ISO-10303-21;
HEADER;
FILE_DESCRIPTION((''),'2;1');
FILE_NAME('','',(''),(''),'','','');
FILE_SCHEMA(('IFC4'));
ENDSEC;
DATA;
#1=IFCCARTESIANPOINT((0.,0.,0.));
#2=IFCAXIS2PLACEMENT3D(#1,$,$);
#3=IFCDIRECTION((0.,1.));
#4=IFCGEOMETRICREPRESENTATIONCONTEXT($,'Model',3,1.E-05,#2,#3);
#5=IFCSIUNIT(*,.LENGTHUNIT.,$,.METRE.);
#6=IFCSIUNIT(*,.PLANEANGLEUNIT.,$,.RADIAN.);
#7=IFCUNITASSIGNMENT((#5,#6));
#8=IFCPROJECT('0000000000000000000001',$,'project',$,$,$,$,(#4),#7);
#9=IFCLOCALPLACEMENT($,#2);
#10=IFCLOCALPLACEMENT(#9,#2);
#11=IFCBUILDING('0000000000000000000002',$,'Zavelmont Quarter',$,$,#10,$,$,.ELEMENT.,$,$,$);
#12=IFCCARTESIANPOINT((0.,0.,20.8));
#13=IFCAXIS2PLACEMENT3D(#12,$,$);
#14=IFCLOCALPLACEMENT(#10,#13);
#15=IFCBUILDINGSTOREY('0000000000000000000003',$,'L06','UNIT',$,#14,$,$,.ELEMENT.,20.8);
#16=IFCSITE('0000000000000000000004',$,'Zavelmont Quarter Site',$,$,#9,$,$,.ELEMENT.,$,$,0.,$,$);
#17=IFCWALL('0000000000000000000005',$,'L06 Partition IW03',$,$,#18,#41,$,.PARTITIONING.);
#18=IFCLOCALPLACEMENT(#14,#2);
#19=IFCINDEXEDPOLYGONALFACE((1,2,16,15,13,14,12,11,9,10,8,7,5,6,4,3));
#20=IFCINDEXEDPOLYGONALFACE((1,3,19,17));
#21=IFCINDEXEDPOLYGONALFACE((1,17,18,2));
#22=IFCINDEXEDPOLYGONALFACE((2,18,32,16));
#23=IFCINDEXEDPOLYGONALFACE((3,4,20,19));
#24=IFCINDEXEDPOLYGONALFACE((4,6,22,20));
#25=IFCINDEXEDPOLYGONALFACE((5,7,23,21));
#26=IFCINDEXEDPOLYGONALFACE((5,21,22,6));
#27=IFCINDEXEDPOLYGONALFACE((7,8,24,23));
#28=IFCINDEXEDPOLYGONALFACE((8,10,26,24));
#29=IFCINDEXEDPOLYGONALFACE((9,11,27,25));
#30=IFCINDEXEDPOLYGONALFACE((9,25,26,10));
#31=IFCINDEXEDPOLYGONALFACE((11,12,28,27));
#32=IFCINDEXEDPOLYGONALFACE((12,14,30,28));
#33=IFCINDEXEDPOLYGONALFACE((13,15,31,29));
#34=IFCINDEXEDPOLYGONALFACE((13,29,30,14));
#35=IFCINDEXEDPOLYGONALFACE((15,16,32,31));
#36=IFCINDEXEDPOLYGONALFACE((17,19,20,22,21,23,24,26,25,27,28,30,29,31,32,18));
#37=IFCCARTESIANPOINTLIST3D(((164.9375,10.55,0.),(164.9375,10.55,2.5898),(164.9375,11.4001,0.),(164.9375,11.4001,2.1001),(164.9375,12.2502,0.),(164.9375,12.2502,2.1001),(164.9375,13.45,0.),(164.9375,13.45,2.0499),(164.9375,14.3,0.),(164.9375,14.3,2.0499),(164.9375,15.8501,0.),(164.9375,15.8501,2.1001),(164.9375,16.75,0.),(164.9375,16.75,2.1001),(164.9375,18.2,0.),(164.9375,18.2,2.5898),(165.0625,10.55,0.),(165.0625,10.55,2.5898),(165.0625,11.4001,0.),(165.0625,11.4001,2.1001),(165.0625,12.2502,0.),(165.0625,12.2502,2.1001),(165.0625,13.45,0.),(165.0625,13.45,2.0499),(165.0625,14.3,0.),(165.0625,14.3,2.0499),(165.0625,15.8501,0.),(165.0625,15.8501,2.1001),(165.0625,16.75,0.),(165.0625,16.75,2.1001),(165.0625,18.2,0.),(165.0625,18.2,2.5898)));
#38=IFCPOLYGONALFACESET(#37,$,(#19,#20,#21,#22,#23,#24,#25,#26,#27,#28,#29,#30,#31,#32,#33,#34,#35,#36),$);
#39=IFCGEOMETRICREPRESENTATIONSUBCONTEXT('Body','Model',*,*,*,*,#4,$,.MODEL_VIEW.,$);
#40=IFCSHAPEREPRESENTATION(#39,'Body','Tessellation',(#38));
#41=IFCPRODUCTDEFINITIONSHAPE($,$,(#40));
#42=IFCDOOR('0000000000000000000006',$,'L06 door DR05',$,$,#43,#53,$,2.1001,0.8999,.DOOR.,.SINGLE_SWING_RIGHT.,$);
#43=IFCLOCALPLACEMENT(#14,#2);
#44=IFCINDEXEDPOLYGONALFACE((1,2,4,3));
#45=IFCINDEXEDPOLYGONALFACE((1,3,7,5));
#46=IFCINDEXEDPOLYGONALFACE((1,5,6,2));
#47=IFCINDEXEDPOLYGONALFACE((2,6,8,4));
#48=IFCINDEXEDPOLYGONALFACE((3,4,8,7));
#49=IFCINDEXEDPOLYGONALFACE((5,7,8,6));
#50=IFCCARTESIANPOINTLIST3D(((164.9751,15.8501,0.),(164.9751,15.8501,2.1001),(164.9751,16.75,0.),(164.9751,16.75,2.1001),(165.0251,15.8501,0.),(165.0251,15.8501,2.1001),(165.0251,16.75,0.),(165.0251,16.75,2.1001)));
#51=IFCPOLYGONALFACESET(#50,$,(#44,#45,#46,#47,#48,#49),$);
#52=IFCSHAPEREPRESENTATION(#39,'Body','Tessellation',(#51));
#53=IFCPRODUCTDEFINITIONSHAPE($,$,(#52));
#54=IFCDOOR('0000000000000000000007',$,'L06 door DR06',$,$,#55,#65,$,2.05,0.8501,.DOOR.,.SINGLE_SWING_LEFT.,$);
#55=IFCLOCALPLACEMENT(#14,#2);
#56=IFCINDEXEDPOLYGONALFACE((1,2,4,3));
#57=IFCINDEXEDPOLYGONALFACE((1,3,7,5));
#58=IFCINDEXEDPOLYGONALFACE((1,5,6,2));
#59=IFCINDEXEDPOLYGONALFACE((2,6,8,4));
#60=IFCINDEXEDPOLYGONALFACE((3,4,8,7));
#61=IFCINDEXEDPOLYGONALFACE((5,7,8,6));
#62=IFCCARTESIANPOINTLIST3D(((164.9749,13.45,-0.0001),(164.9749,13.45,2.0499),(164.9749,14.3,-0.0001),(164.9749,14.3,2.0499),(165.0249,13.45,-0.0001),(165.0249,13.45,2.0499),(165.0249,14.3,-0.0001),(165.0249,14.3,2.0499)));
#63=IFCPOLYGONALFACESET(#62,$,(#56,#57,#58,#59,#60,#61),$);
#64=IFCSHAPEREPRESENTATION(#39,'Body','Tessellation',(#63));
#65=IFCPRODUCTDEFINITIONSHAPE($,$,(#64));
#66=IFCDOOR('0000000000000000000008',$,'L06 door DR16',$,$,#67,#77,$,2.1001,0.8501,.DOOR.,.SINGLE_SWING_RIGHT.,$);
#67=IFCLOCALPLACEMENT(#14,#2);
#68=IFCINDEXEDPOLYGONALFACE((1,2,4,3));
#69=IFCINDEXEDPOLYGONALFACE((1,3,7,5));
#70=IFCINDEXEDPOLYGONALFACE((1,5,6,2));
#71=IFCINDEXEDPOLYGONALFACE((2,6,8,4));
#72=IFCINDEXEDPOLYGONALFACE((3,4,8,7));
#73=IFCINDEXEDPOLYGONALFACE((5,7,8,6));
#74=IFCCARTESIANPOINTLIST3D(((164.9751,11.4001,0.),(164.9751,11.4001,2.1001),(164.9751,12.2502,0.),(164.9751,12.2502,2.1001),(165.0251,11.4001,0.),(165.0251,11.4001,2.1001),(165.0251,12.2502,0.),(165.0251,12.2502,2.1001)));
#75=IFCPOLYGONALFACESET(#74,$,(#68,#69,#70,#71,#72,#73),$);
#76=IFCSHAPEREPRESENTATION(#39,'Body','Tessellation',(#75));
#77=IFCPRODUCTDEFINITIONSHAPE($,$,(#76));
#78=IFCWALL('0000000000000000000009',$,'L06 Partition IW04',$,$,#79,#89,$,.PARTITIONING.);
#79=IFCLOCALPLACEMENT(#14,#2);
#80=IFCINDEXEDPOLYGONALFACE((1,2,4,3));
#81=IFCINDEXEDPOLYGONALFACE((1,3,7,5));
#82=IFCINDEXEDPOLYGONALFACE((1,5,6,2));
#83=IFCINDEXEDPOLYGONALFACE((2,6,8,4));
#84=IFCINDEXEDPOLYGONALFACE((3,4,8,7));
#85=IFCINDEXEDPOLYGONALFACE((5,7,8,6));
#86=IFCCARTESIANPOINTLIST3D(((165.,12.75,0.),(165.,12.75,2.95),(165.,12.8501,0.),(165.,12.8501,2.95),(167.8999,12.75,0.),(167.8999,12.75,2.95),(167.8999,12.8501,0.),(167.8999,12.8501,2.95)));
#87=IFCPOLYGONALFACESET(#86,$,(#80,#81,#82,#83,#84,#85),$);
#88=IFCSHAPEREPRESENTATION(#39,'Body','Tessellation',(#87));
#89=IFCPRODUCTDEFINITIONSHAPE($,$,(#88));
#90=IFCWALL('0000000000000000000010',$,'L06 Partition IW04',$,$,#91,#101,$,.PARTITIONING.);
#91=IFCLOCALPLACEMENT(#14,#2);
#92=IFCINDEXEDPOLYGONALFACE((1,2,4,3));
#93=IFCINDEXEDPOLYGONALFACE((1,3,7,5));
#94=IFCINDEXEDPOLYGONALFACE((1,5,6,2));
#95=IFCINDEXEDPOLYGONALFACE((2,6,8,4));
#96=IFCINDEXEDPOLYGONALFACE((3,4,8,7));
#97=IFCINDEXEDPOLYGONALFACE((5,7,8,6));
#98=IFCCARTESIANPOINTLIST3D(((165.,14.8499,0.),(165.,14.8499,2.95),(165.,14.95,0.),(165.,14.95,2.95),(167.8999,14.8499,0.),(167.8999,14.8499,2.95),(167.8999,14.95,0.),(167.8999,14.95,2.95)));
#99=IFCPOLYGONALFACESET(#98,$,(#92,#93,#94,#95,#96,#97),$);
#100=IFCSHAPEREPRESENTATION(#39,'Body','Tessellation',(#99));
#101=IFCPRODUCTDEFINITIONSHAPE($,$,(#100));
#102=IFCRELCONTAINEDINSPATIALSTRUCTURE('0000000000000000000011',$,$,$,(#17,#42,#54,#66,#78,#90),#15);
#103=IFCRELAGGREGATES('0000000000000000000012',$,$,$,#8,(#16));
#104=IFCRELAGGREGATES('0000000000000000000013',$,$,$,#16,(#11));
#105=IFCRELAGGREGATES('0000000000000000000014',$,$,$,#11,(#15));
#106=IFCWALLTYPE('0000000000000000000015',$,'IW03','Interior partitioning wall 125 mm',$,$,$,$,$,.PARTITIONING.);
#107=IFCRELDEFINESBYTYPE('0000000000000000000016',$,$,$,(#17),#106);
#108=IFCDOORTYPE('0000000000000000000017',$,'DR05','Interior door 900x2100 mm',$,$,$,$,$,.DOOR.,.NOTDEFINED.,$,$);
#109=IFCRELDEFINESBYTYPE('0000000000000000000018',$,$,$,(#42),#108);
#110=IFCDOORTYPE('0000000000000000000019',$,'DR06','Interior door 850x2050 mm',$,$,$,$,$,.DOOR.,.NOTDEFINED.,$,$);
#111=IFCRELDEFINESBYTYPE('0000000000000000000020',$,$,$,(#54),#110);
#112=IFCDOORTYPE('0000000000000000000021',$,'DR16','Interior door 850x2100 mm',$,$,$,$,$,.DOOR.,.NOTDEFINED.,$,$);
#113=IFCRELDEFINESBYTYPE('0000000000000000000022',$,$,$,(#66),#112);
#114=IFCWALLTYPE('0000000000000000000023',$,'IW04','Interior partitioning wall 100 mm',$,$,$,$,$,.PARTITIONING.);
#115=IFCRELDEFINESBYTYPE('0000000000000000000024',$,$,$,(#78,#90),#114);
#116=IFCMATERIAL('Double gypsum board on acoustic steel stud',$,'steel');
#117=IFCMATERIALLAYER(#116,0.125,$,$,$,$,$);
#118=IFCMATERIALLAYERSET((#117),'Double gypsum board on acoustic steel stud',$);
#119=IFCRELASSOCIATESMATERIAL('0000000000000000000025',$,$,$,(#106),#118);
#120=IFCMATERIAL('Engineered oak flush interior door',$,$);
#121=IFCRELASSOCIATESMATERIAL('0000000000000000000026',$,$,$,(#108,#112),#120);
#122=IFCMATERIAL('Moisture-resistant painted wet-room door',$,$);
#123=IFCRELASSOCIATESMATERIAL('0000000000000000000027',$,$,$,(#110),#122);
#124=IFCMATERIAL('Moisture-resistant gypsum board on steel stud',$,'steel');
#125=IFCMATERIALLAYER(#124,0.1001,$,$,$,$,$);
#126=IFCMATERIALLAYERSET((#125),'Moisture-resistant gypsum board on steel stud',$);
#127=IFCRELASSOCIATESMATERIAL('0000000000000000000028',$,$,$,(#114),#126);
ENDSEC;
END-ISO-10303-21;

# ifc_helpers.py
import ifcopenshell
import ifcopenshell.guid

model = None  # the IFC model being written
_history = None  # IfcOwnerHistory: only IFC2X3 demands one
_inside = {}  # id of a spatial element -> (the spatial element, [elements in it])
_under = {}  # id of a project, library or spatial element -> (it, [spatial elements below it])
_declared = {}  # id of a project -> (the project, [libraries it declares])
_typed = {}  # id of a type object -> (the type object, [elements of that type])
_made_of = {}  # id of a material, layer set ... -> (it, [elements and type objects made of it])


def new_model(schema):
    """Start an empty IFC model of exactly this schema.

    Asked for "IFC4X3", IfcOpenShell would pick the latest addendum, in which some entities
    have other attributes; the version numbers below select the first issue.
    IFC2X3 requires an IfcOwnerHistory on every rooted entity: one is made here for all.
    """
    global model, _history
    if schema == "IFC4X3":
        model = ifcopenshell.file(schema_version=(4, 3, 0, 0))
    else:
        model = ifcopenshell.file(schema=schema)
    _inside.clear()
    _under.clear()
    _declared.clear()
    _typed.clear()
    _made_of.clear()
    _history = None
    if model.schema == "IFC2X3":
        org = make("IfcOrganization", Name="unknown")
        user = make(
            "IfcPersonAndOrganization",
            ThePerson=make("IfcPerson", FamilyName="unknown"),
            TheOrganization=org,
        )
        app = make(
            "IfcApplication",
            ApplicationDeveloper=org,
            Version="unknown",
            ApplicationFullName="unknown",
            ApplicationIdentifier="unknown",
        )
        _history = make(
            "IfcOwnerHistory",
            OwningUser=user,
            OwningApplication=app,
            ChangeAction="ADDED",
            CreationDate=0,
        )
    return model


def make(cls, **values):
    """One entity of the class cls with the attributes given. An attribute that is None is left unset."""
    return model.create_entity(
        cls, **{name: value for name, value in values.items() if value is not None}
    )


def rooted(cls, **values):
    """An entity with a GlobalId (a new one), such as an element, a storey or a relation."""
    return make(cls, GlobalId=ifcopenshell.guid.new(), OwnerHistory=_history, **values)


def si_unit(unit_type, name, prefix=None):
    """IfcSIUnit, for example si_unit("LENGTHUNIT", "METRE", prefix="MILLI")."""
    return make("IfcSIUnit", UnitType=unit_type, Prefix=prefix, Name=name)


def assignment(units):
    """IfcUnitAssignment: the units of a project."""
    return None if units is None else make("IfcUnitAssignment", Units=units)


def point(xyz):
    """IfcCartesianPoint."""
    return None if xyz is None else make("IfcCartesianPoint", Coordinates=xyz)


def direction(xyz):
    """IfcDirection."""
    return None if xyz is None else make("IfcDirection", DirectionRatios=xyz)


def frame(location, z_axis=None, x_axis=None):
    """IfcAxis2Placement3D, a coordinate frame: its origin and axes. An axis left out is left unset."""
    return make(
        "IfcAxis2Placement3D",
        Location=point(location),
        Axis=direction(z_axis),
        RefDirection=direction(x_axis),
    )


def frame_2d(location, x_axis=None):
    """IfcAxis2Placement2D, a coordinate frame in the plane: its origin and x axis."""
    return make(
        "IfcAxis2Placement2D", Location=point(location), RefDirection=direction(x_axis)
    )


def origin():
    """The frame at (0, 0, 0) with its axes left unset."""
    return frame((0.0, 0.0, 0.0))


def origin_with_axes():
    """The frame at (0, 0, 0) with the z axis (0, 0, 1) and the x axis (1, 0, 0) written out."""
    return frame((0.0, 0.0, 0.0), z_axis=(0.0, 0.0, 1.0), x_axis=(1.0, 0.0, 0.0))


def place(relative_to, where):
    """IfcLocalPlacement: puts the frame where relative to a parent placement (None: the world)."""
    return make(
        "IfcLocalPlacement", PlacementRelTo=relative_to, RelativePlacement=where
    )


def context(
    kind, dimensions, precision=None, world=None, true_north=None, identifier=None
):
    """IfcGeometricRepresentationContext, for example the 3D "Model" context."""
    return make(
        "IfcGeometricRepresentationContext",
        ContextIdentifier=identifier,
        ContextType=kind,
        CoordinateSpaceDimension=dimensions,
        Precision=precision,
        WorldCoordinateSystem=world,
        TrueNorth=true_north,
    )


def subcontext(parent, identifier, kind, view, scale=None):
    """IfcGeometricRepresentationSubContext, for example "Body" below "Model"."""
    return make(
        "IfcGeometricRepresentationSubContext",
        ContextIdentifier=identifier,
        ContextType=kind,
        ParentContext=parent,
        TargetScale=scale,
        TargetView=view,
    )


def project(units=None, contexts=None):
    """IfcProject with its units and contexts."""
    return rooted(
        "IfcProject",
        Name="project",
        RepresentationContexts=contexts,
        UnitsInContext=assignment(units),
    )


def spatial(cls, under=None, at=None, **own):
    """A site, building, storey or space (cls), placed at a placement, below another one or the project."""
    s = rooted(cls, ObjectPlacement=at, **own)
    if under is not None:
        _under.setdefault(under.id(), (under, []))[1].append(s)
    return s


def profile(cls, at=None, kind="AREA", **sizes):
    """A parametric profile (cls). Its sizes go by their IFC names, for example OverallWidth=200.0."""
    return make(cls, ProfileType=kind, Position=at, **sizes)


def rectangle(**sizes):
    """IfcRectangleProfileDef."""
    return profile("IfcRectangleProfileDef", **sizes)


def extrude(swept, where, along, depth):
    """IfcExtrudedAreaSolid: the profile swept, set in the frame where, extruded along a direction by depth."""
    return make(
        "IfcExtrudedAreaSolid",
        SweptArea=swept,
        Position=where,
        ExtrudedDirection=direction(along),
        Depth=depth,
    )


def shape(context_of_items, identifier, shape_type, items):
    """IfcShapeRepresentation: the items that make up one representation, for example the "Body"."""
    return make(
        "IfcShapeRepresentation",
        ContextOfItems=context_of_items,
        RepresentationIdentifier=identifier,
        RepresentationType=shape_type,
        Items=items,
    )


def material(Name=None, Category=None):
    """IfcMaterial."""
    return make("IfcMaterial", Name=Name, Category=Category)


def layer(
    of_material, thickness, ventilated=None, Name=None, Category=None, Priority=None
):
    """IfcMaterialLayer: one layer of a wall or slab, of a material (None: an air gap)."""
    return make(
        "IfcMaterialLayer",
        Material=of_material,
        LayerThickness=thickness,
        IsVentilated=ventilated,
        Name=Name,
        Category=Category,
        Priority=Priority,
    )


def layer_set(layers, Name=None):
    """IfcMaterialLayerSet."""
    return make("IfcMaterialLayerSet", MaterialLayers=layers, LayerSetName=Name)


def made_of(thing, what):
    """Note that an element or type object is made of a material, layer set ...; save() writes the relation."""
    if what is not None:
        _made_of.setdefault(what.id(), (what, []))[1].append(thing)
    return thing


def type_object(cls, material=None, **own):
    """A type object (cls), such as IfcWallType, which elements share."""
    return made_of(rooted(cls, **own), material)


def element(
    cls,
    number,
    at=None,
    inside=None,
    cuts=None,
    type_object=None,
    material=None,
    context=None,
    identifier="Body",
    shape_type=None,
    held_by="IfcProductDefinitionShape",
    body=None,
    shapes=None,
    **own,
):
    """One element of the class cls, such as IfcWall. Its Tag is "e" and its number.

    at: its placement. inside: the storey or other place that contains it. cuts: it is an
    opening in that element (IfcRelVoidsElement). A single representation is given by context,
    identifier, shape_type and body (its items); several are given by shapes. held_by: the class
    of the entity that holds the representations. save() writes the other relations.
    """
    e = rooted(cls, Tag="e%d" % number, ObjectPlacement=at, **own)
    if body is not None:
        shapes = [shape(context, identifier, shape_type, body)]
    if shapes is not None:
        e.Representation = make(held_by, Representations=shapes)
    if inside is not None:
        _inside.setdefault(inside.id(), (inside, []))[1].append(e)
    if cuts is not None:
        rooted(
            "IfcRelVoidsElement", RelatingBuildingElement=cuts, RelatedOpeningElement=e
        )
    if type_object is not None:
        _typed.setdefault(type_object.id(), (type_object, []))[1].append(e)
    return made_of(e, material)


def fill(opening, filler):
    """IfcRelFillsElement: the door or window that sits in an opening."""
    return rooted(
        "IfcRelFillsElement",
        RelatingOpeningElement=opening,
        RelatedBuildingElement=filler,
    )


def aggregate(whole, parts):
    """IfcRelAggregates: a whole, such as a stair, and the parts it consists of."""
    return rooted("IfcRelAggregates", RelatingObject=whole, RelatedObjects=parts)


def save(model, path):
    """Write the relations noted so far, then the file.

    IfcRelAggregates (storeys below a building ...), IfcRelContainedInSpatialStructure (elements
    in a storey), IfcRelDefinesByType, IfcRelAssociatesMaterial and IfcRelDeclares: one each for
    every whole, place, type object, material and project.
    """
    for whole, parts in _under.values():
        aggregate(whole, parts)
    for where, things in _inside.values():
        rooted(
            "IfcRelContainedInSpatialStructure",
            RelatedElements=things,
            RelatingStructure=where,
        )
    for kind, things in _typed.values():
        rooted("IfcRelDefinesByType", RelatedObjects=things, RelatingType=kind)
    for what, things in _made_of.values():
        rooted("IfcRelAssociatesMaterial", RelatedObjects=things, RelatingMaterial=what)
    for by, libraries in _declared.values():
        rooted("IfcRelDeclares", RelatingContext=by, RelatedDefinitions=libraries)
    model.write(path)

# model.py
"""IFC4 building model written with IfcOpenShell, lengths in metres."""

from ifc_helpers import new_model, si_unit, direction, frame, frame_2d, origin, origin_with_axes, place, context, subcontext, project, spatial, rectangle, extrude, material, layer, layer_set, type_object, element, fill, save


model = new_model("IFC4")

# Units and contexts
model_context = context("Model", 3, precision=1e-05, world=origin(), true_north=direction((0.0, 1.0)))
body_context = subcontext(model_context, "Body", "Model", "MODEL_VIEW")
ifc_project = project(units=[si_unit("LENGTHUNIT", "METRE"), si_unit("PLANEANGLEUNIT", "RADIAN")], contexts=[model_context])

# Site, building, storey
site_placement = place(None, origin())
site = spatial("IfcSite", under=ifc_project, at=site_placement, Name="Zavelmont Quarter Site", CompositionType="ELEMENT", RefElevation=0.0)
building_placement = place(site_placement, origin())
building = spatial("IfcBuilding", under=site, at=building_placement, Name="Zavelmont Quarter", CompositionType="ELEMENT")
storey_placement = place(building_placement, frame((0.0, 0.0, 20.8)))
storey = spatial("IfcBuildingStorey", under=building, at=storey_placement, Name="L06", Description="UNIT", CompositionType="ELEMENT", Elevation=20.8)

# Wall, openings, doors
ifc_material_1 = material(Name="Double gypsum board on acoustic steel stud", Category="steel")
ifc_layer_1 = layer(ifc_material_1, 0.125)
ifc_layer_set_1 = layer_set([ifc_layer_1], Name="Double gypsum board on acoustic steel stud")
wall_type_1 = type_object("IfcWallType", Name="IW03", Description="Interior partitioning wall 125 mm", PredefinedType="PARTITIONING", material=ifc_layer_set_1)
wall_1_placement = place(storey_placement, frame((165.0, 10.55, 0.0), z_axis=(0.0, 0.0, 1.0), x_axis=(0.0, 1.0, 0.0)))
wall_1 = element("IfcWall", 1, at=wall_1_placement, inside=storey, type_object=wall_type_1, Name="L06 Partition IW03", PredefinedType="PARTITIONING", context=body_context, shape_type="SweptSolid", body=[
    extrude(rectangle(XDim=7.6499, YDim=0.125, at=frame_2d((3.825, 0.0))), origin(), (0.0, 0.0, 1.0), 2.5898),
])
opening_1_placement = place(wall_1_placement, frame((0.8501, 0.0, 0.0)))
opening_1 = element("IfcOpeningElement", 2, at=opening_1_placement, cuts=wall_1, PredefinedType="OPENING", context=body_context, shape_type="SweptSolid", body=[
    extrude(rectangle(XDim=0.8501, YDim=2.1001, at=frame_2d((0.425, 1.05))), frame((0.0, 0.0745, 0.0), z_axis=(0.0, -1.0, 0.0), x_axis=(1.0, 0.0, 0.0)), (0.0, 0.0, 1.0), 0.1489),
])
opening_2_placement = place(wall_1_placement, frame((2.8999, 0.0, 0.0)))
opening_2 = element("IfcOpeningElement", 3, at=opening_2_placement, cuts=wall_1, PredefinedType="OPENING", context=body_context, shape_type="SweptSolid", body=[
    extrude(rectangle(XDim=0.8501, YDim=2.05, at=frame_2d((0.425, 1.0249))), frame((0.0, 0.0745, 0.0), z_axis=(0.0, -1.0, 0.0), x_axis=(1.0, 0.0, 0.0)), (0.0, 0.0, 1.0), 0.1489),
])
opening_3_placement = place(wall_1_placement, frame((5.3, 0.0, 0.0)))
opening_3 = element("IfcOpeningElement", 4, at=opening_3_placement, cuts=wall_1, PredefinedType="OPENING", context=body_context, shape_type="SweptSolid", body=[
    extrude(rectangle(XDim=0.8999, YDim=2.1001, at=frame_2d((0.45, 1.05))), frame((0.0, 0.0745, 0.0), z_axis=(0.0, -1.0, 0.0), x_axis=(1.0, 0.0, 0.0)), (0.0, 0.0, 1.0), 0.1489),
])
ifc_material_2 = material(Name="Engineered oak flush interior door")
door_type_1 = type_object("IfcDoorType", Name="DR05", Description="Interior door 900x2100 mm", OperationType="NOTDEFINED", PredefinedType="DOOR", material=ifc_material_2)
door_1_placement = place(opening_3_placement, origin_with_axes())
door_1 = element("IfcDoor", 5, at=door_1_placement, inside=storey, type_object=door_type_1, Name="L06 door DR05", OperationType="SINGLE_SWING_RIGHT", OverallHeight=2.1001, OverallWidth=0.8999, PredefinedType="DOOR", context=body_context, shape_type="SweptSolid", body=[
    extrude(rectangle(XDim=0.8999, YDim=2.1001, at=frame_2d((0.45, 1.05))), frame((0.0, 0.0249, 0.0), z_axis=(0.0, -1.0, 0.0), x_axis=(1.0, 0.0, 0.0)), (0.0, 0.0, 1.0), 0.05),
])
fill(opening_3, door_1)
ifc_material_3 = material(Name="Moisture-resistant painted wet-room door")
door_type_2 = type_object("IfcDoorType", Name="DR06", Description="Interior door 850x2050 mm", OperationType="NOTDEFINED", PredefinedType="DOOR", material=ifc_material_3)
door_2_placement = place(opening_2_placement, frame((0.8501, 0.0, 0.0), z_axis=(0.0, 0.0, 1.0), x_axis=(-1.0, 0.0, 0.0)))
door_2 = element("IfcDoor", 6, at=door_2_placement, inside=storey, type_object=door_type_2, Name="L06 door DR06", OperationType="SINGLE_SWING_LEFT", OverallHeight=2.05, OverallWidth=0.8501, PredefinedType="DOOR", context=body_context, shape_type="SweptSolid", body=[
    extrude(rectangle(XDim=0.8501, YDim=2.05, at=frame_2d((0.425, 1.0249))), frame((0.0, 0.0249, 0.0), z_axis=(0.0, -1.0, 0.0), x_axis=(1.0, 0.0, 0.0)), (0.0, 0.0, 1.0), 0.05),
])
fill(opening_2, door_2)
door_type_3 = type_object("IfcDoorType", Name="DR16", Description="Interior door 850x2100 mm", OperationType="NOTDEFINED", PredefinedType="DOOR", material=ifc_material_2)
door_3_placement = place(opening_1_placement, origin_with_axes())
door_3 = element("IfcDoor", 7, at=door_3_placement, inside=storey, type_object=door_type_3, Name="L06 door DR16", OperationType="SINGLE_SWING_RIGHT", OverallHeight=2.1001, OverallWidth=0.8501, PredefinedType="DOOR", context=body_context, shape_type="SweptSolid", body=[
    extrude(rectangle(XDim=0.8501, YDim=2.1001, at=frame_2d((0.425, 1.05))), frame((0.0, 0.0249, 0.0), z_axis=(0.0, -1.0, 0.0), x_axis=(1.0, 0.0, 0.0)), (0.0, 0.0, 1.0), 0.05),
])
fill(opening_1, door_3)

# Walls
ifc_material_4 = material(Name="Moisture-resistant gypsum board on steel stud", Category="steel")
ifc_layer_2 = layer(ifc_material_4, 0.1001)
ifc_layer_set_2 = layer_set([ifc_layer_2], Name="Moisture-resistant gypsum board on steel stud")
wall_type_2 = type_object("IfcWallType", Name="IW04", Description="Interior partitioning wall 100 mm", PredefinedType="PARTITIONING", material=ifc_layer_set_2)
for number, where, z_axis, x_axis, name in (
    (8, (165.0, 12.8, 0.0), (0.0, 0.0, 1.0), (1.0, 0.0, 0.0), "L06 Partition IW04"),
    (9, (165.0, 14.8999, 0.0), (0.0, 0.0, 1.0), (1.0, 0.0, 0.0), "L06 Partition IW04"),
):
    element("IfcWall", number, at=place(storey_placement, frame(where, z_axis=z_axis, x_axis=x_axis)), inside=storey, type_object=wall_type_2, Name=name, PredefinedType="PARTITIONING", context=body_context, shape_type="SweptSolid", body=[
        extrude(rectangle(XDim=2.8999, YDim=0.1001, at=frame_2d((1.45, 0.0))), origin(), (0.0, 0.0, 1.0), 2.95),
    ])

save(model, "model.ifc")
